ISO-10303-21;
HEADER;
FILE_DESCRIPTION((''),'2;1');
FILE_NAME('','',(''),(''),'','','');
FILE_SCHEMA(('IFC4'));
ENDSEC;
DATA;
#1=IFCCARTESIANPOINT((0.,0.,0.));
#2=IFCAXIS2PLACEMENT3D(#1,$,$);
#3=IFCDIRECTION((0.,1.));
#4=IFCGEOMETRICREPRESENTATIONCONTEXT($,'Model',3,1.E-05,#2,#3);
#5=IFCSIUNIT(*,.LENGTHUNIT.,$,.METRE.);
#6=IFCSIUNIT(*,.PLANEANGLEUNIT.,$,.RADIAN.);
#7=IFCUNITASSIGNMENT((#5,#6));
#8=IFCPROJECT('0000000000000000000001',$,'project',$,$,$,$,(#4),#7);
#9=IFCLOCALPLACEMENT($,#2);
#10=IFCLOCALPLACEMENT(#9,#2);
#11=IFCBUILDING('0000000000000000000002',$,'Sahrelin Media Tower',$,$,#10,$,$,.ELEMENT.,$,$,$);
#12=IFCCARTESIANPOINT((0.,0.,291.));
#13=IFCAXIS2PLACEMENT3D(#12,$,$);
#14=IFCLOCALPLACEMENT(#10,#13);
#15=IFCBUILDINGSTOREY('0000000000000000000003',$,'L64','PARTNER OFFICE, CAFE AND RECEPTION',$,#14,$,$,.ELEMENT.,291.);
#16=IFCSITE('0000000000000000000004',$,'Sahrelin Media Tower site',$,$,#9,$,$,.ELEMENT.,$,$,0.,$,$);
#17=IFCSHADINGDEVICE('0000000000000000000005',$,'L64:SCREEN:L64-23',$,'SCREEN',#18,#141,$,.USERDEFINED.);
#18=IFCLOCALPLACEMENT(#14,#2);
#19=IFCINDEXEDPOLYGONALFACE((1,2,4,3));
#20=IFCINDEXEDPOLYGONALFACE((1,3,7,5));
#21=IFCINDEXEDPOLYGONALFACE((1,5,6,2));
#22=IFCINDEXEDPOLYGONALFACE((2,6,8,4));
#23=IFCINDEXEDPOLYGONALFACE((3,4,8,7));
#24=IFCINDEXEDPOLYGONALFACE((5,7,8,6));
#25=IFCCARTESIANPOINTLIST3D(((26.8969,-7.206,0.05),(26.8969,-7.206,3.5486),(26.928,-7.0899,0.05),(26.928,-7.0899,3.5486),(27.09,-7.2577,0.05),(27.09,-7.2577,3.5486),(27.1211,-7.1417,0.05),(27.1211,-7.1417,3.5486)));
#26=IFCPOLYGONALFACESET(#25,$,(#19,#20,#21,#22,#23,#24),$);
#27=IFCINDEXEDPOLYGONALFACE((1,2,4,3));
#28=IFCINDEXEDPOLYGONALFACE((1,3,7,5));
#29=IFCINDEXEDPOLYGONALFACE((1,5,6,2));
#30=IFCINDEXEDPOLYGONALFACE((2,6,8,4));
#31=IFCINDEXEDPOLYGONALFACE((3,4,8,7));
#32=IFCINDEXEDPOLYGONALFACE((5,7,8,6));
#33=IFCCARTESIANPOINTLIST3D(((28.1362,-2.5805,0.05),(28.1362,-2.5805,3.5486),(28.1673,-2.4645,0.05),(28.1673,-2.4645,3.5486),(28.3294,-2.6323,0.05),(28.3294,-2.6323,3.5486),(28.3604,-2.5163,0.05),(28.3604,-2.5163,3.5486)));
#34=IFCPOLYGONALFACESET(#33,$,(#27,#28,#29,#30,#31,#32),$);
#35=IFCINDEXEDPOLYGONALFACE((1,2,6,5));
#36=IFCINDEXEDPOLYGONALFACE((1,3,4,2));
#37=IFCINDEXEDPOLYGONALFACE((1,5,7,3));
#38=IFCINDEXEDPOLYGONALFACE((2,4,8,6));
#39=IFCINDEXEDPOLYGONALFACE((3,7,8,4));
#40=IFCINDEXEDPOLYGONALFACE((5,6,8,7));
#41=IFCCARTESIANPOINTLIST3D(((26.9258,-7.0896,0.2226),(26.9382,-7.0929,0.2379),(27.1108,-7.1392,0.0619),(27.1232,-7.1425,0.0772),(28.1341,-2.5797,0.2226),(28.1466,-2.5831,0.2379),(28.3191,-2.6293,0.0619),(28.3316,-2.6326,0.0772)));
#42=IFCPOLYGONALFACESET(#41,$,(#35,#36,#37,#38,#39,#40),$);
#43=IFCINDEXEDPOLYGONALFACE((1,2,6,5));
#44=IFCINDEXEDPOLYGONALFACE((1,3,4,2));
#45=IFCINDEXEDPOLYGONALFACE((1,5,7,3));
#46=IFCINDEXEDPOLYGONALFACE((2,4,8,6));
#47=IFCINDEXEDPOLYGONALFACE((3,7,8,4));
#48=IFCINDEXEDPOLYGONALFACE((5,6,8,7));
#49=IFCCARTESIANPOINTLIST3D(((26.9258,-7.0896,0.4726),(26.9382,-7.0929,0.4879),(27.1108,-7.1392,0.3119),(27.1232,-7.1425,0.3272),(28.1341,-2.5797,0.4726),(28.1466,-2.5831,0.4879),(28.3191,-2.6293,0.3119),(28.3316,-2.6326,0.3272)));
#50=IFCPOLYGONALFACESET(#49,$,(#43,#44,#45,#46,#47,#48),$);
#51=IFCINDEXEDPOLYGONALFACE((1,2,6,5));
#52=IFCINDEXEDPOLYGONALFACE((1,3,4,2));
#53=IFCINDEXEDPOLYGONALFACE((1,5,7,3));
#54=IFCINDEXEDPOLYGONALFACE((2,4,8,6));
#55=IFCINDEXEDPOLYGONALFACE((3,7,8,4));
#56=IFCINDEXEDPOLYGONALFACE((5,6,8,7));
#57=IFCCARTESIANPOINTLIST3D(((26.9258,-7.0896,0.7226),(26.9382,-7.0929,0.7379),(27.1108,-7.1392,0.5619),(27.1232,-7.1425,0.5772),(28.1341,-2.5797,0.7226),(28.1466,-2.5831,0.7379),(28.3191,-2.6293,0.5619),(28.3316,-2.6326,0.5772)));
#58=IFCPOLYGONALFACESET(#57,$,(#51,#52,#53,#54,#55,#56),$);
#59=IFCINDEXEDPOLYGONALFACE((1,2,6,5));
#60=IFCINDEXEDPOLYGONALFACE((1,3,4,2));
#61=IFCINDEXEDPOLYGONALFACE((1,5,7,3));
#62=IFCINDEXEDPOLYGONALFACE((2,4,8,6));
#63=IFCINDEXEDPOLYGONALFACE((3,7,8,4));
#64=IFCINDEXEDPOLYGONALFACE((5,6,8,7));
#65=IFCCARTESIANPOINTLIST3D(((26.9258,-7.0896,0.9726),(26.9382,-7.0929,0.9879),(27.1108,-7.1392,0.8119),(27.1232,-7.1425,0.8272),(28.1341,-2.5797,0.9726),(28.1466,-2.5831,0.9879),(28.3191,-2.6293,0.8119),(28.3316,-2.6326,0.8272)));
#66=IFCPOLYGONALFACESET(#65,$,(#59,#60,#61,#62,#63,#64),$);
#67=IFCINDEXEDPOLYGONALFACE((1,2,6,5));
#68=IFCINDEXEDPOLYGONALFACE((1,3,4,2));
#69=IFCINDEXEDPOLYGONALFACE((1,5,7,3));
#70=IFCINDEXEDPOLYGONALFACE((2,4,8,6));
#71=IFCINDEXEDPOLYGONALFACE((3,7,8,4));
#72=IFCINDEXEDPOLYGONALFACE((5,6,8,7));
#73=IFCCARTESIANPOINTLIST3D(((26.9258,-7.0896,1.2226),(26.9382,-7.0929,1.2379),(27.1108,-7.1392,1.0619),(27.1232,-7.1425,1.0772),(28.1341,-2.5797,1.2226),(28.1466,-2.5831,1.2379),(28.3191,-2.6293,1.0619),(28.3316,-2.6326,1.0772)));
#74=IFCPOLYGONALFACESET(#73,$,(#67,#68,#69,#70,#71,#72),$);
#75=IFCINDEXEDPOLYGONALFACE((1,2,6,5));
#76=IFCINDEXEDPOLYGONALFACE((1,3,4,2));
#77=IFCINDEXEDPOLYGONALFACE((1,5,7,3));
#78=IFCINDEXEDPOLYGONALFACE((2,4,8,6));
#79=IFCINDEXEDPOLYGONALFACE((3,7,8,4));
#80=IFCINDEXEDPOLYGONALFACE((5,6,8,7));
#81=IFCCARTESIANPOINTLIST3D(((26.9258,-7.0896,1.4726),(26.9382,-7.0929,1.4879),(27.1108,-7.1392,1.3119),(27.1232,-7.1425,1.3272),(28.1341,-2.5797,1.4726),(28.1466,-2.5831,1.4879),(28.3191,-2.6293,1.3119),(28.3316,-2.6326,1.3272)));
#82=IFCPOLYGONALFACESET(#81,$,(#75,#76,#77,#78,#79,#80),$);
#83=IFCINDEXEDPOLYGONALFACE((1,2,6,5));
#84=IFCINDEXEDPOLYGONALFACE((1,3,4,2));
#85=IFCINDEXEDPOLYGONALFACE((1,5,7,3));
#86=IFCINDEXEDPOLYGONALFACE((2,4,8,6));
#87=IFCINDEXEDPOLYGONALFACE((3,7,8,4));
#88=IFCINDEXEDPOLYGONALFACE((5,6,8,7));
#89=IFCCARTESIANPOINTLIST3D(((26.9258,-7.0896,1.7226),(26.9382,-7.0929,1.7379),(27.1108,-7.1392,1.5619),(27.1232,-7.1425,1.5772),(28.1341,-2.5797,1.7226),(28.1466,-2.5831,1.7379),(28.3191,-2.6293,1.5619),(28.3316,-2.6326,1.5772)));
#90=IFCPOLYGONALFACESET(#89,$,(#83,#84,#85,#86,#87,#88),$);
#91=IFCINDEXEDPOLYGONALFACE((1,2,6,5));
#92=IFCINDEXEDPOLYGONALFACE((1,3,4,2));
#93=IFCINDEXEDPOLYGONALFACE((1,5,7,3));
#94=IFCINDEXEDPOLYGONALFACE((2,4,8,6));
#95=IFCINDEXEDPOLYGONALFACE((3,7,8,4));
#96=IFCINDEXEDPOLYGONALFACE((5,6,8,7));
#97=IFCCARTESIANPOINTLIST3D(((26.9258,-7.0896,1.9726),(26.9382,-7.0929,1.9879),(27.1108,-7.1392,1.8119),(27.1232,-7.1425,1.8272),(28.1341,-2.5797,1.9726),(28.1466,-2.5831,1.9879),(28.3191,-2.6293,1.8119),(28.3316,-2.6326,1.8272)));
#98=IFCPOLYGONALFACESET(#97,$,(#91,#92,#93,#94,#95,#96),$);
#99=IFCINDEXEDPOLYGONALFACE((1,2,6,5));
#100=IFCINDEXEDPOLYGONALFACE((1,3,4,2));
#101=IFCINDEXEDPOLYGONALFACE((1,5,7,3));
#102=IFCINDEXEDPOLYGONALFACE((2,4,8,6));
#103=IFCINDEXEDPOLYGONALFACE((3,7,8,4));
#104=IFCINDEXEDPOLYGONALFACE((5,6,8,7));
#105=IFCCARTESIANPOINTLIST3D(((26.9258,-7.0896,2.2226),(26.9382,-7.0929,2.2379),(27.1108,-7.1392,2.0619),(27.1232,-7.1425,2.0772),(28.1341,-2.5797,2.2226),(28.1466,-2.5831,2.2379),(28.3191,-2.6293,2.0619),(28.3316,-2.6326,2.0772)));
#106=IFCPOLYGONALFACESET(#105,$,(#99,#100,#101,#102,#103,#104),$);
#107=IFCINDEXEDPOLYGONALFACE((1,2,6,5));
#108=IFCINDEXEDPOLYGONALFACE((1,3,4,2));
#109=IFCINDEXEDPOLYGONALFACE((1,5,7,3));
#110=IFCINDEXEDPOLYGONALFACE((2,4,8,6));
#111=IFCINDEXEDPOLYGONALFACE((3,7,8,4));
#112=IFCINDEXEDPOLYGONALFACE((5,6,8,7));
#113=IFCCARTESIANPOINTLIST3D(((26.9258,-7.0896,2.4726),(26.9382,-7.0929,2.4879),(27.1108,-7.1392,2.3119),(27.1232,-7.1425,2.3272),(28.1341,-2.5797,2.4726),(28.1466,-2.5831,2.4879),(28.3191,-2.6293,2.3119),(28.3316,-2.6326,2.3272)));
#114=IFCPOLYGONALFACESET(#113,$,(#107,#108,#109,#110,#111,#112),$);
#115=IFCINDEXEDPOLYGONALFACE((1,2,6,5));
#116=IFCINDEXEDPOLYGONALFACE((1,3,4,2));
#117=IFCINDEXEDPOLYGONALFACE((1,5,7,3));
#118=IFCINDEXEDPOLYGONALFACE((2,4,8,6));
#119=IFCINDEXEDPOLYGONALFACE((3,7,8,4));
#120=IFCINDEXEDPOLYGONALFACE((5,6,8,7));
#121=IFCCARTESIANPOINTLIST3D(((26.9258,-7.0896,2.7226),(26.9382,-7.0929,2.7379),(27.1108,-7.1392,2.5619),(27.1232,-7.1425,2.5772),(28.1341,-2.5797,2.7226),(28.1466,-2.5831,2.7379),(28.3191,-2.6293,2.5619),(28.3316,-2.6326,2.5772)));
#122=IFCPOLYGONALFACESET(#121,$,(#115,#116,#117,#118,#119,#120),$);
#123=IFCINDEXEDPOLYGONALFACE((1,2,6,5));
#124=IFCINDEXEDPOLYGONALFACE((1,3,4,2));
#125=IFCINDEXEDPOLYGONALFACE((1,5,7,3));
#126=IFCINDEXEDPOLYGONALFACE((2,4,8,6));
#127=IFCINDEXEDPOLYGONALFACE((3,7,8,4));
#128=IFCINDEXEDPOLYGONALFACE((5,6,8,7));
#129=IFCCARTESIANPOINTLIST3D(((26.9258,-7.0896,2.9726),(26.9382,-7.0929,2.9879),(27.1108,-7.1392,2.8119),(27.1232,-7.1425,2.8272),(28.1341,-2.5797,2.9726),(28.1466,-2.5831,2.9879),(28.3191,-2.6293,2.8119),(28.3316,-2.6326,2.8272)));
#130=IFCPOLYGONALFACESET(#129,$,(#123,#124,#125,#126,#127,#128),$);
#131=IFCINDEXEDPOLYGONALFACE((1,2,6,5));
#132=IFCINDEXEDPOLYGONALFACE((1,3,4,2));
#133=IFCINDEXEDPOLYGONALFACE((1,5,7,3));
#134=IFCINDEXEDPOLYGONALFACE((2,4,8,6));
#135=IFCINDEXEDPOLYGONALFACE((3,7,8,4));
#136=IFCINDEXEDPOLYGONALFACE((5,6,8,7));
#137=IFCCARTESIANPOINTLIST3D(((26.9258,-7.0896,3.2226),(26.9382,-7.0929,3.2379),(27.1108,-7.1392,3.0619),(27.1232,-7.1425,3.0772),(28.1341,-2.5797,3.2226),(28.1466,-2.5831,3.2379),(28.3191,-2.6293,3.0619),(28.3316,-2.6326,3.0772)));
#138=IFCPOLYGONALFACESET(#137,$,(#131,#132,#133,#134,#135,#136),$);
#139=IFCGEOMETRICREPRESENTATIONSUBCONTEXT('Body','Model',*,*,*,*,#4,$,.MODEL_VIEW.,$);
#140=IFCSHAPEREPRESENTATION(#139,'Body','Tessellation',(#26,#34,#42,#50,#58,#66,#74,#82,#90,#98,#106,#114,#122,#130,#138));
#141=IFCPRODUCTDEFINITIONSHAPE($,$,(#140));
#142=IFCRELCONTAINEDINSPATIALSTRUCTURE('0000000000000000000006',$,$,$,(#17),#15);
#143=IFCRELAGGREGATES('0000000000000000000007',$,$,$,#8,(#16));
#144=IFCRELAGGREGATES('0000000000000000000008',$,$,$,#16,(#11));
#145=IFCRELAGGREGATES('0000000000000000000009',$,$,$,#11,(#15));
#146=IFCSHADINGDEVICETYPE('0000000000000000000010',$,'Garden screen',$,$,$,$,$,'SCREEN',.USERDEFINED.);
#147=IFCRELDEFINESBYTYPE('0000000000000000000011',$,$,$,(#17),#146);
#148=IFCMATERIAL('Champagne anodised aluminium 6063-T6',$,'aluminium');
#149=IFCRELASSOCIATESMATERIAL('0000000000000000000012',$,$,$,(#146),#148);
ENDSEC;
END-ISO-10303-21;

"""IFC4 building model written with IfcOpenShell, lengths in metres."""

from ifc_helpers import new_model, si_unit, direction, frame, origin, origin_2d, place, context, subcontext, project, spatial, rectangle, extrude, material, type_object, element, save


model = new_model("IFC4")

# Units and contexts
model_context = context("Model", 3, precision=1e-05, world=origin(), true_north=direction((0.0, 1.0)))
body_context = subcontext(model_context, "Body", "Model", "MODEL_VIEW")
ifc_project = project(units=[si_unit("LENGTHUNIT", "METRE"), si_unit("PLANEANGLEUNIT", "RADIAN")], contexts=[model_context])

# Site, building, storey
site_placement = place(None, origin())
site = spatial("IfcSite", under=ifc_project, at=site_placement, Name="Sahrelin Media Tower site", CompositionType="ELEMENT", RefElevation=0.0)
building_placement = place(site_placement, origin())
building = spatial("IfcBuilding", under=site, at=building_placement, Name="Sahrelin Media Tower", CompositionType="ELEMENT")
storey_placement = place(building_placement, frame((0.0, 0.0, 291.0)))
storey = spatial("IfcBuildingStorey", under=building, at=storey_placement, Name="L64", Description="PARTNER OFFICE, CAFE AND RECEPTION", CompositionType="ELEMENT", Elevation=291.0)

# Shading device
ifc_material_1 = material(Name="Champagne anodised aluminium 6063-T6", Category="aluminium")
shading_device_type = type_object("IfcShadingDeviceType", Name="Garden screen", ElementType="SCREEN", PredefinedType="USERDEFINED", material=ifc_material_1)
shading_device_1_placement = place(storey_placement, frame((27.532, -4.8352, 0.0), z_axis=(0.0, 0.0, 1.0), x_axis=(-0.258808, -0.965929, 0.0)))
element("IfcShadingDevice", 1, at=shading_device_1_placement, inside=storey, type_object=shading_device_type, Name="L64:SCREEN:L64-23", ObjectType="SCREEN", PredefinedType="USERDEFINED", context=body_context, shape_type="SweptSolid", body=[
    extrude(rectangle(XDim=0.1201, YDim=0.2, at=origin_2d()), frame((2.3943, 0.1001, 0.05), z_axis=(0.0, 0.0, 1.0), x_axis=(1.0, 0.0, 0.0)), (0.0, 0.0, 1.0), 3.4985),
    extrude(rectangle(XDim=0.1201, YDim=0.2, at=origin_2d()), frame((-2.3943, 0.1001, 0.05), z_axis=(0.0, 0.0, 1.0), x_axis=(1.0, 0.0, 0.0)), (0.0, 0.0, 1.0), 3.4985),
    extrude(rectangle(XDim=0.25, YDim=0.02, at=origin_2d()), frame((2.3345, 0.1001, 0.1499), z_axis=(-1.0, 0.0, 0.0), x_axis=(0.0, -0.766044, 0.642788)), (0.0, 0.0, 1.0), 4.6689),
    extrude(rectangle(XDim=0.25, YDim=0.02, at=origin_2d()), frame((2.3345, 0.1001, 0.3999), z_axis=(-1.0, 0.0, 0.0), x_axis=(0.0, -0.766044, 0.642788)), (0.0, 0.0, 1.0), 4.6689),
    extrude(rectangle(XDim=0.25, YDim=0.02, at=origin_2d()), frame((2.3345, 0.1001, 0.6499), z_axis=(-1.0, 0.0, 0.0), x_axis=(0.0, -0.766044, 0.642788)), (0.0, 0.0, 1.0), 4.6689),
    extrude(rectangle(XDim=0.25, YDim=0.02, at=origin_2d()), frame((2.3345, 0.1001, 0.8999), z_axis=(-1.0, 0.0, 0.0), x_axis=(0.0, -0.766044, 0.642788)), (0.0, 0.0, 1.0), 4.6689),
    extrude(rectangle(XDim=0.25, YDim=0.02, at=origin_2d()), frame((2.3345, 0.1001, 1.1499), z_axis=(-1.0, 0.0, 0.0), x_axis=(0.0, -0.766044, 0.642788)), (0.0, 0.0, 1.0), 4.6689),
    extrude(rectangle(XDim=0.25, YDim=0.02, at=origin_2d()), frame((2.3345, 0.1001, 1.3999), z_axis=(-1.0, 0.0, 0.0), x_axis=(0.0, -0.766044, 0.642788)), (0.0, 0.0, 1.0), 4.6689),
    extrude(rectangle(XDim=0.25, YDim=0.02, at=origin_2d()), frame((2.3345, 0.1001, 1.6499), z_axis=(-1.0, 0.0, 0.0), x_axis=(0.0, -0.766044, 0.642788)), (0.0, 0.0, 1.0), 4.6689),
    extrude(rectangle(XDim=0.25, YDim=0.02, at=origin_2d()), frame((2.3345, 0.1001, 1.8999), z_axis=(-1.0, 0.0, 0.0), x_axis=(0.0, -0.766044, 0.642788)), (0.0, 0.0, 1.0), 4.6689),
    extrude(rectangle(XDim=0.25, YDim=0.02, at=origin_2d()), frame((2.3345, 0.1001, 2.1499), z_axis=(-1.0, 0.0, 0.0), x_axis=(0.0, -0.766044, 0.642788)), (0.0, 0.0, 1.0), 4.6689),
    extrude(rectangle(XDim=0.25, YDim=0.02, at=origin_2d()), frame((2.3345, 0.1001, 2.3999), z_axis=(-1.0, 0.0, 0.0), x_axis=(0.0, -0.766044, 0.642788)), (0.0, 0.0, 1.0), 4.6689),
    extrude(rectangle(XDim=0.25, YDim=0.02, at=origin_2d()), frame((2.3345, 0.1001, 2.6499), z_axis=(-1.0, 0.0, 0.0), x_axis=(0.0, -0.766044, 0.642788)), (0.0, 0.0, 1.0), 4.6689),
    extrude(rectangle(XDim=0.25, YDim=0.02, at=origin_2d()), frame((2.3345, 0.1001, 2.8999), z_axis=(-1.0, 0.0, 0.0), x_axis=(0.0, -0.766044, 0.642788)), (0.0, 0.0, 1.0), 4.6689),
    extrude(rectangle(XDim=0.25, YDim=0.02, at=origin_2d()), frame((2.3345, 0.1001, 3.1499), z_axis=(-1.0, 0.0, 0.0), x_axis=(0.0, -0.766044, 0.642788)), (0.0, 0.0, 1.0), 4.6689),
])

save(model, "model.ifc")
